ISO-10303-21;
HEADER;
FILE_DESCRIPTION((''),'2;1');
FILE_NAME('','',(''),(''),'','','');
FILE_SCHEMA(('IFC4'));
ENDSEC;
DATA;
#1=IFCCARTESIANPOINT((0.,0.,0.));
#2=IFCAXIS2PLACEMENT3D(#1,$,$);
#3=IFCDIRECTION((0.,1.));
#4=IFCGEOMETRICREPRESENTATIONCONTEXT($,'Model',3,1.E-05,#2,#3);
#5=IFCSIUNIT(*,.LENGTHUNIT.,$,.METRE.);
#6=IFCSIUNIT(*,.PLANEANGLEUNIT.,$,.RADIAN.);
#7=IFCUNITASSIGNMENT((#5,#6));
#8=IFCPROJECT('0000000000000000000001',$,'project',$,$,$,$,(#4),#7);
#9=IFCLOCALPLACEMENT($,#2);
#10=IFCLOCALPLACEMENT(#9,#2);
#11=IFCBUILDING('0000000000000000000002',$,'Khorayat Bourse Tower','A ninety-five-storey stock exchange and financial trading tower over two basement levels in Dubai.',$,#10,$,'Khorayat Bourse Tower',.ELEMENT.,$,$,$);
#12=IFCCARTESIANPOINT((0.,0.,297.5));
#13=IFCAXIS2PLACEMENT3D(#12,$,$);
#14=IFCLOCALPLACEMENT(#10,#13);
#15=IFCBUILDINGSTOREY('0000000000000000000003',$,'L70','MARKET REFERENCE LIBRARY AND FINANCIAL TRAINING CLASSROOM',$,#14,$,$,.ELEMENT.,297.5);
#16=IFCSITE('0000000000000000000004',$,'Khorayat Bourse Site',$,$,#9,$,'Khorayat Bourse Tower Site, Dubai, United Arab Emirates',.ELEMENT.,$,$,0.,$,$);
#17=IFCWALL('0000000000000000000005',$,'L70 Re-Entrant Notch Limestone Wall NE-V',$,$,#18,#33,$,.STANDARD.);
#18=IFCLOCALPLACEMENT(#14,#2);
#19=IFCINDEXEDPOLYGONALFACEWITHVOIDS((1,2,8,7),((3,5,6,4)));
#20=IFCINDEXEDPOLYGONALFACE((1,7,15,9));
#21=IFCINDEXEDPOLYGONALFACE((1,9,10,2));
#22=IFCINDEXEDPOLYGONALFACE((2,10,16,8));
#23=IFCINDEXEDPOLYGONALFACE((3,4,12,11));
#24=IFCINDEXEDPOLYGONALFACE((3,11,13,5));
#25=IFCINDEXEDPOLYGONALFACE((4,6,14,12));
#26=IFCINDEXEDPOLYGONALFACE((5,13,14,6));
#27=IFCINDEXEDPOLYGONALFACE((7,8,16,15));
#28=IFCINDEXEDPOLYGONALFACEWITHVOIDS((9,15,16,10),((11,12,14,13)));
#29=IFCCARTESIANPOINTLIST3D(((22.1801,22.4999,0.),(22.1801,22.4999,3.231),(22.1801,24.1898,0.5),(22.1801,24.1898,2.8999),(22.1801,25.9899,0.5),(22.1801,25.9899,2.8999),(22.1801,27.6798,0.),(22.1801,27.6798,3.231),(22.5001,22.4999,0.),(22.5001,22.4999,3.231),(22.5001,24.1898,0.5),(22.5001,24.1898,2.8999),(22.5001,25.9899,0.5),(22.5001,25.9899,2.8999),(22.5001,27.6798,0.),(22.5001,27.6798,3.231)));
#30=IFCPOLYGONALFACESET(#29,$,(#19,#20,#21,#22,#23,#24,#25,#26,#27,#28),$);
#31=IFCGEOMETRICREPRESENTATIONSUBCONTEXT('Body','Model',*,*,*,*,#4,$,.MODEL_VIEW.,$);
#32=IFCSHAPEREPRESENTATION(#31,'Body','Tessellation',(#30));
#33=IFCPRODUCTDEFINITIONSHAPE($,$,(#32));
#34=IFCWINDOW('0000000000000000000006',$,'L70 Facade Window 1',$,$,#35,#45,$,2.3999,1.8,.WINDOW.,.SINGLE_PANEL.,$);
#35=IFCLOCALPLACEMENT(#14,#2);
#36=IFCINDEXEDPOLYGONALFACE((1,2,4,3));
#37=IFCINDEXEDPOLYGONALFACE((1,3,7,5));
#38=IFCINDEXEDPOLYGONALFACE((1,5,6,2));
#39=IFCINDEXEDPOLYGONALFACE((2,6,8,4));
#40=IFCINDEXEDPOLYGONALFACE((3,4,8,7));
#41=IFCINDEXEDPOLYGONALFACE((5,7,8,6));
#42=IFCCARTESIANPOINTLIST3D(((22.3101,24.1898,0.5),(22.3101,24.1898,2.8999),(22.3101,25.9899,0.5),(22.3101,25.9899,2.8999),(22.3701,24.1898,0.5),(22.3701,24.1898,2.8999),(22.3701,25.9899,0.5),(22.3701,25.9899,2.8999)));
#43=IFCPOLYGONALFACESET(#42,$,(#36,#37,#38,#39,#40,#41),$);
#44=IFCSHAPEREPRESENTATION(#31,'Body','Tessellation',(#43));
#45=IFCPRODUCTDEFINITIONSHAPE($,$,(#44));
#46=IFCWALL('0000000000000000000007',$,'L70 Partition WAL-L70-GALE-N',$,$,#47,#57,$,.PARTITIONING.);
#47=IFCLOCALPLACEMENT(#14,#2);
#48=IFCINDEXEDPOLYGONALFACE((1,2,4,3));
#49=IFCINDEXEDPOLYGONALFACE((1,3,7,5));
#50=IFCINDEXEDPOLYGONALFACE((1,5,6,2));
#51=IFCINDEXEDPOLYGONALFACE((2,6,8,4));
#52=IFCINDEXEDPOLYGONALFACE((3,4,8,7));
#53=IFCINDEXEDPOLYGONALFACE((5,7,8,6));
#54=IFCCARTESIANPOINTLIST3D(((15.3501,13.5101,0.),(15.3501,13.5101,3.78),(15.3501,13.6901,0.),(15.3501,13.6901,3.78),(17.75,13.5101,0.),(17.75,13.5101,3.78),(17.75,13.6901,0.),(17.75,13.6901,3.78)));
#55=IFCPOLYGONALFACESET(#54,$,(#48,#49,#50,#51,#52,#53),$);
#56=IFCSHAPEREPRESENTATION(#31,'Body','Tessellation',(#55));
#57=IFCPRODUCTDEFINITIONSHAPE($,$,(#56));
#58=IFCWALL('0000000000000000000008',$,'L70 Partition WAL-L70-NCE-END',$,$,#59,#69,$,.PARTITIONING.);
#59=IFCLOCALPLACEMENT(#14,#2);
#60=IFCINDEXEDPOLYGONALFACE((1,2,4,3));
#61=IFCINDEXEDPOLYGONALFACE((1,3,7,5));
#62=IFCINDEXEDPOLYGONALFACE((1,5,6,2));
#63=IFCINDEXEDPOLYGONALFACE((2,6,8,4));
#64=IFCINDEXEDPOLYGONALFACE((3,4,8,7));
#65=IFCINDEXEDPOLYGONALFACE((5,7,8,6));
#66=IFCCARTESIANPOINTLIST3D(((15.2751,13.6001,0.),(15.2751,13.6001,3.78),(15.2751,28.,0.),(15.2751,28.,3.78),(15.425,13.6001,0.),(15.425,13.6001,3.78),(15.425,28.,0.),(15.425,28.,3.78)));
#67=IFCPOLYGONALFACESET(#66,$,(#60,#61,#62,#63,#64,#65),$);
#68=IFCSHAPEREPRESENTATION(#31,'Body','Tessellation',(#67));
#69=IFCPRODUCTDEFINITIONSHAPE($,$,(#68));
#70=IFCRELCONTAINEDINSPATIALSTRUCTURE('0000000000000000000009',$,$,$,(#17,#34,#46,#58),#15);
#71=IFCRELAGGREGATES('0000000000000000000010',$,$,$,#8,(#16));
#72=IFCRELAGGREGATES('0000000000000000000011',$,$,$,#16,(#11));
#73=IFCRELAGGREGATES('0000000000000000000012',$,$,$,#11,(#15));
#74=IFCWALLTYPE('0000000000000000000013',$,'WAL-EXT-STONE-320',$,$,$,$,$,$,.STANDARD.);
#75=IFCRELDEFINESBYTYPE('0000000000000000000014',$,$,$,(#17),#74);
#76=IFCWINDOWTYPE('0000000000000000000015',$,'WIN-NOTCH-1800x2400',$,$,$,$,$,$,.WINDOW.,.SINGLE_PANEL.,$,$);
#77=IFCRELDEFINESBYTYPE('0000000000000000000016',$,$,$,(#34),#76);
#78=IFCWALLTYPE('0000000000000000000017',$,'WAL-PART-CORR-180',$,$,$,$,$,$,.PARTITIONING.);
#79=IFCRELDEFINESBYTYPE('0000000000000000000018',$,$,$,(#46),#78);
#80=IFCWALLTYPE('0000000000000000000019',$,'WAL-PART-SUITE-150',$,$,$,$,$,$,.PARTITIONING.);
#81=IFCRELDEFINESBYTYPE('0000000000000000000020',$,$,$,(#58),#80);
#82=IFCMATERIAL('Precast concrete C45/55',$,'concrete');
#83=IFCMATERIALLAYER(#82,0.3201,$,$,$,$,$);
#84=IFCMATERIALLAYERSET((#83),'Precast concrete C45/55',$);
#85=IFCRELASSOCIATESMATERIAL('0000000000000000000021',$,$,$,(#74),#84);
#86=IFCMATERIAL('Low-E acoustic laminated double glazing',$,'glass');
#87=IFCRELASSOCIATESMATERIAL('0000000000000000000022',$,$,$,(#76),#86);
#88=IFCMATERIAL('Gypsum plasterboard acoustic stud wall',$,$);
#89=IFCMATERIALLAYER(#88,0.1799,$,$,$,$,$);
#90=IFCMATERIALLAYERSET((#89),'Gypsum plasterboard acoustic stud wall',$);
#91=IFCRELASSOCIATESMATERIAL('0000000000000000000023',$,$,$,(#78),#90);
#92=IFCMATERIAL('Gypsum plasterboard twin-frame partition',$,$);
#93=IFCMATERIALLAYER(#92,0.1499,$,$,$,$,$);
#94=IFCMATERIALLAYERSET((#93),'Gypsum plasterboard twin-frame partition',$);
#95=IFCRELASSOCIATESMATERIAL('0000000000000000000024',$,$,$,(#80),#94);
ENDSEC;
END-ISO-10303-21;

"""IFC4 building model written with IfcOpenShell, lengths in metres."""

from ifc_helpers import new_model, si_unit, direction, frame, frame_2d, origin, place, context, subcontext, project, spatial, rectangle, extrude, source, transform, mapped, material, layer, layer_set, type_object, element, fill, save


model = new_model("IFC4")

# Units and contexts
model_context = context("Model", 3, precision=1e-05, world=origin(), true_north=direction((0.0, 1.0)))
body_context = subcontext(model_context, "Body", "Model", "MODEL_VIEW")
ifc_project = project(units=[si_unit("LENGTHUNIT", "METRE"), si_unit("PLANEANGLEUNIT", "RADIAN")], contexts=[model_context])

# Site, building, storey
site_placement = place(None, origin())
site = spatial("IfcSite", under=ifc_project, at=site_placement, Name="Khorayat Bourse Site", LongName="Khorayat Bourse Tower Site, Dubai, United Arab Emirates", CompositionType="ELEMENT", RefElevation=0.0)
building_placement = place(site_placement, origin())
building = spatial("IfcBuilding", under=site, at=building_placement, Name="Khorayat Bourse Tower", Description="A ninety-five-storey stock exchange and financial trading tower over two basement levels in Dubai.", LongName="Khorayat Bourse Tower", CompositionType="ELEMENT")
storey_placement = place(building_placement, frame((0.0, 0.0, 297.5)))
storey = spatial("IfcBuildingStorey", under=building, at=storey_placement, Name="L70", Description="MARKET REFERENCE LIBRARY AND FINANCIAL TRAINING CLASSROOM", CompositionType="ELEMENT", Elevation=297.5)

# Wall, opening, window
ifc_material_1 = material(Name="Precast concrete C45/55", Category="concrete")
ifc_layer_1 = layer(ifc_material_1, 0.3201)
ifc_layer_set_1 = layer_set([ifc_layer_1], Name="Precast concrete C45/55")
wall_type_1 = type_object("IfcWallType", Name="WAL-EXT-STONE-320", PredefinedType="STANDARD", material=ifc_layer_set_1)
shared_shape_1 = source(origin(), body_context, "Body", "SweptSolid", [
    extrude(rectangle(XDim=5.1799, YDim=0.3201, at=frame_2d((2.5898, 0.0))), origin(), (0.0, 0.0, 1.0), 3.231),
])
shared_shape_2 = source(origin(), body_context, "Body", "SweptSolid", [
    extrude(rectangle(XDim=1.8, YDim=2.3999, at=frame_2d((0.8999, 1.2))), frame((0.0, 0.1699, 0.0), z_axis=(0.0, -1.0, 0.0), x_axis=(1.0, 0.0, 0.0)), (0.0, 0.0, 1.0), 0.3401),
])
ifc_material_2 = material(Name="Low-E acoustic laminated double glazing", Category="glass")
window_type = type_object("IfcWindowType", Name="WIN-NOTCH-1800x2400", PartitioningType="SINGLE_PANEL", PredefinedType="WINDOW", material=ifc_material_2)
shared_shape_3 = source(origin(), body_context, "Body", "SweptSolid", [
    extrude(rectangle(XDim=1.8, YDim=2.3999, at=frame_2d((0.8999, 1.2))), frame((0.0, 0.03, 0.0), z_axis=(0.0, -1.0, 0.0), x_axis=(1.0, 0.0, 0.0)), (0.0, 0.0, 1.0), 0.0601),
])
wall_1_placement = place(storey_placement, frame((22.3401, 22.5, 0.0), z_axis=(0.0, 0.0, 1.0), x_axis=(0.0, 1.0, 0.0)))
wall_1 = element("IfcWall", 1, at=wall_1_placement, inside=storey, type_object=wall_type_1, Name="L70 Re-Entrant Notch Limestone Wall NE-V", PredefinedType="STANDARD", context=body_context, shape_type="MappedRepresentation", body=[
    mapped(shared_shape_1, transform((0.0, 0.0, 0.0), scale=1.0)),
])
opening_1_placement = place(wall_1_placement, frame((1.6899, 0.0, 0.5)))
opening_1 = element("IfcOpeningElement", 2, at=opening_1_placement, cuts=wall_1, PredefinedType="OPENING", context=body_context, shape_type="MappedRepresentation", body=[
    mapped(shared_shape_2, transform((0.0, 0.0, 0.0), scale=1.0)),
])
window_1_placement = place(opening_1_placement, origin())
window_1 = element("IfcWindow", 3, at=window_1_placement, inside=storey, type_object=window_type, Name="L70 Facade Window 1", OverallHeight=2.3999, OverallWidth=1.8, PartitioningType="SINGLE_PANEL", PredefinedType="WINDOW", context=body_context, shape_type="MappedRepresentation", body=[
    mapped(shared_shape_3, transform((0.0, 0.0, 0.0), scale=1.0)),
])
fill(opening_1, window_1)

# Walls
ifc_material_3 = material(Name="Gypsum plasterboard acoustic stud wall")
ifc_layer_2 = layer(ifc_material_3, 0.1799)
ifc_layer_set_2 = layer_set([ifc_layer_2], Name="Gypsum plasterboard acoustic stud wall")
wall_type_2 = type_object("IfcWallType", Name="WAL-PART-CORR-180", PredefinedType="PARTITIONING", material=ifc_layer_set_2)
shared_shape_4 = source(origin(), body_context, "Body", "SweptSolid", [
    extrude(rectangle(XDim=2.3999, YDim=0.1799, at=frame_2d((1.2, 0.0))), origin(), (0.0, 0.0, 1.0), 3.78),
])
wall_2_placement = place(storey_placement, frame((15.3501, 13.6001, 0.0), z_axis=(0.0, 0.0, 1.0), x_axis=(1.0, 0.0, 0.0)))
element("IfcWall", 4, at=wall_2_placement, inside=storey, type_object=wall_type_2, Name="L70 Partition WAL-L70-GALE-N", PredefinedType="PARTITIONING", context=body_context, shape_type="MappedRepresentation", body=[
    mapped(shared_shape_4, transform((0.0, 0.0, 0.0), scale=1.0)),
])
ifc_material_4 = material(Name="Gypsum plasterboard twin-frame partition")
ifc_layer_3 = layer(ifc_material_4, 0.1499)
ifc_layer_set_3 = layer_set([ifc_layer_3], Name="Gypsum plasterboard twin-frame partition")
wall_type_3 = type_object("IfcWallType", Name="WAL-PART-SUITE-150", PredefinedType="PARTITIONING", material=ifc_layer_set_3)
shared_shape_5 = source(origin(), body_context, "Body", "SweptSolid", [
    extrude(rectangle(XDim=14.3999, YDim=0.1499, at=frame_2d((7.2, 0.0))), origin(), (0.0, 0.0, 1.0), 3.78),
])
wall_3_placement = place(storey_placement, frame((15.3501, 13.6001, 0.0), z_axis=(0.0, 0.0, 1.0), x_axis=(0.0, 1.0, 0.0)))
element("IfcWall", 5, at=wall_3_placement, inside=storey, type_object=wall_type_3, Name="L70 Partition WAL-L70-NCE-END", PredefinedType="PARTITIONING", context=body_context, shape_type="MappedRepresentation", body=[
    mapped(shared_shape_5, transform((0.0, 0.0, 0.0), scale=1.0)),
])

save(model, "model.ifc")
